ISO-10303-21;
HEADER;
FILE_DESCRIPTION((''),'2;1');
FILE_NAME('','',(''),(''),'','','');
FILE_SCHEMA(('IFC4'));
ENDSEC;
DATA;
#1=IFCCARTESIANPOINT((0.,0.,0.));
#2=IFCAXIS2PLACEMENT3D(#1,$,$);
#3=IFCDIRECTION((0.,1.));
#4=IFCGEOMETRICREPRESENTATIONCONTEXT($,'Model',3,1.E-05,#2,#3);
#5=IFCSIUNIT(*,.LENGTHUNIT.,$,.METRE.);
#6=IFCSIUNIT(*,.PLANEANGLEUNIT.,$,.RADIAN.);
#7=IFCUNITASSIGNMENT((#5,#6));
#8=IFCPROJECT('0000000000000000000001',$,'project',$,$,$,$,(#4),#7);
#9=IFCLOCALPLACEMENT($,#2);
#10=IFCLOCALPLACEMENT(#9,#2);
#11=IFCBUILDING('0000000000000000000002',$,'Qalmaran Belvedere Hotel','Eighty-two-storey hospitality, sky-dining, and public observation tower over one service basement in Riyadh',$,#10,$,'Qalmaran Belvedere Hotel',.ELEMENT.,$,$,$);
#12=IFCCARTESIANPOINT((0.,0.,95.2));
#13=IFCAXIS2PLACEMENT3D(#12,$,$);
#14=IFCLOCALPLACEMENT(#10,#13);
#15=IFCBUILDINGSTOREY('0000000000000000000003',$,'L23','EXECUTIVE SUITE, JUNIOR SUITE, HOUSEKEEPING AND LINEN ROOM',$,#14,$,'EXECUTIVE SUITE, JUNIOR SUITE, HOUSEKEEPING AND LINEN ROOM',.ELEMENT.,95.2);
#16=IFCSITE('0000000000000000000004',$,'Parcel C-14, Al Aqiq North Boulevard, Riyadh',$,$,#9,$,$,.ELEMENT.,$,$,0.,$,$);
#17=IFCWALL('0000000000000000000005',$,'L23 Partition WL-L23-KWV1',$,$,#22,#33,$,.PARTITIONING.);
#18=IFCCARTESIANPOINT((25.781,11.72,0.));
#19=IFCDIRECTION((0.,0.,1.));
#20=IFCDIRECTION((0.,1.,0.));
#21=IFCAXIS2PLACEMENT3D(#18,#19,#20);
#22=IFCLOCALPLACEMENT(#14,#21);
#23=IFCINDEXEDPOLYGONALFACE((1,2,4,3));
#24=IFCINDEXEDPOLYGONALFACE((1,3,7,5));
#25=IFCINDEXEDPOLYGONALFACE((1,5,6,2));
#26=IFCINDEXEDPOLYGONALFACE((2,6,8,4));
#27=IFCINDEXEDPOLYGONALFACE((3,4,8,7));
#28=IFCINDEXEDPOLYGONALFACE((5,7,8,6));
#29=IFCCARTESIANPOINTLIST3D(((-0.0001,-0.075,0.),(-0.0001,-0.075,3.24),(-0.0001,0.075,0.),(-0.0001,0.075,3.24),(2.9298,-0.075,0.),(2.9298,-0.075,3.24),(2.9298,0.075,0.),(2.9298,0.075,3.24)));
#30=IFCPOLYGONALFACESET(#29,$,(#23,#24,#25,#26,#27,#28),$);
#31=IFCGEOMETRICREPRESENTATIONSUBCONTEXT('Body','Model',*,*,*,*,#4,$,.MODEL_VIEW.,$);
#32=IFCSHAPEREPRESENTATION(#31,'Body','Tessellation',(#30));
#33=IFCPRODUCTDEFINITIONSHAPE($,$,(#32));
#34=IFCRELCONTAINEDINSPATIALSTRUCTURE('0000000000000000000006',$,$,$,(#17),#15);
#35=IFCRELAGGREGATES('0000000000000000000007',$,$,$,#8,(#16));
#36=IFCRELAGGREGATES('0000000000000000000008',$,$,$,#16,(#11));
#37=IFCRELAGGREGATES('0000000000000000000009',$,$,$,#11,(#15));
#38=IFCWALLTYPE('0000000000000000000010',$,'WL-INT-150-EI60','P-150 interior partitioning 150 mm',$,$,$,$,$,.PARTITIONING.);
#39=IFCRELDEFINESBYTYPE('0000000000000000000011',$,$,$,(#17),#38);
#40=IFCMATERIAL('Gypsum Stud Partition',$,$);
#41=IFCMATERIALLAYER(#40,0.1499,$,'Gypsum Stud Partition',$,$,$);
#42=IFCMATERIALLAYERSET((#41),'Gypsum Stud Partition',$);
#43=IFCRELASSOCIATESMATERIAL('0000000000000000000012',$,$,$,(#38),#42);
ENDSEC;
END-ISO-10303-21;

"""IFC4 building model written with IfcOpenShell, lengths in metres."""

from ifc_helpers import new_model, si_unit, direction, frame, frame_2d, origin, place, context, subcontext, project, spatial, rectangle, extrude, material, layer, layer_set, type_object, element, save


model = new_model("IFC4")

# Units and contexts
model_context = context("Model", 3, precision=1e-05, world=origin(), true_north=direction((0.0, 1.0)))
body_context = subcontext(model_context, "Body", "Model", "MODEL_VIEW")
ifc_project = project(units=[si_unit("LENGTHUNIT", "METRE"), si_unit("PLANEANGLEUNIT", "RADIAN")], contexts=[model_context])

# Site, building, storey
site_placement = place(None, origin())
site = spatial("IfcSite", under=ifc_project, at=site_placement, Name="Parcel C-14, Al Aqiq North Boulevard, Riyadh", CompositionType="ELEMENT", RefElevation=0.0)
building_placement = place(site_placement, origin())
building = spatial("IfcBuilding", under=site, at=building_placement, Name="Qalmaran Belvedere Hotel", Description="Eighty-two-storey hospitality, sky-dining, and public observation tower over one service basement in Riyadh", LongName="Qalmaran Belvedere Hotel", CompositionType="ELEMENT")
storey_placement = place(building_placement, frame((0.0, 0.0, 95.2)))
storey = spatial("IfcBuildingStorey", under=building, at=storey_placement, Name="L23", Description="EXECUTIVE SUITE, JUNIOR SUITE, HOUSEKEEPING AND LINEN ROOM", LongName="EXECUTIVE SUITE, JUNIOR SUITE, HOUSEKEEPING AND LINEN ROOM", CompositionType="ELEMENT", Elevation=95.2)

# Wall
ifc_material_1 = material(Name="Gypsum Stud Partition")
ifc_layer_1 = layer(ifc_material_1, 0.1499, Name="Gypsum Stud Partition")
ifc_layer_set_1 = layer_set([ifc_layer_1], Name="Gypsum Stud Partition")
wall_type_1 = type_object("IfcWallType", Name="WL-INT-150-EI60", Description="P-150 interior partitioning 150 mm", PredefinedType="PARTITIONING", material=ifc_layer_set_1)
wall_1_placement = place(storey_placement, frame((25.781, 11.72, 0.0), z_axis=(0.0, 0.0, 1.0), x_axis=(0.0, 1.0, 0.0)))
element("IfcWall", 1, at=wall_1_placement, inside=storey, type_object=wall_type_1, Name="L23 Partition WL-L23-KWV1", PredefinedType="PARTITIONING", context=body_context, shape_type="SweptSolid", body=[
    extrude(rectangle(XDim=2.9299, YDim=0.1499, at=frame_2d((1.4648, 0.0))), origin(), (0.0, 0.0, 1.0), 3.24),
])

save(model, "model.ifc")
